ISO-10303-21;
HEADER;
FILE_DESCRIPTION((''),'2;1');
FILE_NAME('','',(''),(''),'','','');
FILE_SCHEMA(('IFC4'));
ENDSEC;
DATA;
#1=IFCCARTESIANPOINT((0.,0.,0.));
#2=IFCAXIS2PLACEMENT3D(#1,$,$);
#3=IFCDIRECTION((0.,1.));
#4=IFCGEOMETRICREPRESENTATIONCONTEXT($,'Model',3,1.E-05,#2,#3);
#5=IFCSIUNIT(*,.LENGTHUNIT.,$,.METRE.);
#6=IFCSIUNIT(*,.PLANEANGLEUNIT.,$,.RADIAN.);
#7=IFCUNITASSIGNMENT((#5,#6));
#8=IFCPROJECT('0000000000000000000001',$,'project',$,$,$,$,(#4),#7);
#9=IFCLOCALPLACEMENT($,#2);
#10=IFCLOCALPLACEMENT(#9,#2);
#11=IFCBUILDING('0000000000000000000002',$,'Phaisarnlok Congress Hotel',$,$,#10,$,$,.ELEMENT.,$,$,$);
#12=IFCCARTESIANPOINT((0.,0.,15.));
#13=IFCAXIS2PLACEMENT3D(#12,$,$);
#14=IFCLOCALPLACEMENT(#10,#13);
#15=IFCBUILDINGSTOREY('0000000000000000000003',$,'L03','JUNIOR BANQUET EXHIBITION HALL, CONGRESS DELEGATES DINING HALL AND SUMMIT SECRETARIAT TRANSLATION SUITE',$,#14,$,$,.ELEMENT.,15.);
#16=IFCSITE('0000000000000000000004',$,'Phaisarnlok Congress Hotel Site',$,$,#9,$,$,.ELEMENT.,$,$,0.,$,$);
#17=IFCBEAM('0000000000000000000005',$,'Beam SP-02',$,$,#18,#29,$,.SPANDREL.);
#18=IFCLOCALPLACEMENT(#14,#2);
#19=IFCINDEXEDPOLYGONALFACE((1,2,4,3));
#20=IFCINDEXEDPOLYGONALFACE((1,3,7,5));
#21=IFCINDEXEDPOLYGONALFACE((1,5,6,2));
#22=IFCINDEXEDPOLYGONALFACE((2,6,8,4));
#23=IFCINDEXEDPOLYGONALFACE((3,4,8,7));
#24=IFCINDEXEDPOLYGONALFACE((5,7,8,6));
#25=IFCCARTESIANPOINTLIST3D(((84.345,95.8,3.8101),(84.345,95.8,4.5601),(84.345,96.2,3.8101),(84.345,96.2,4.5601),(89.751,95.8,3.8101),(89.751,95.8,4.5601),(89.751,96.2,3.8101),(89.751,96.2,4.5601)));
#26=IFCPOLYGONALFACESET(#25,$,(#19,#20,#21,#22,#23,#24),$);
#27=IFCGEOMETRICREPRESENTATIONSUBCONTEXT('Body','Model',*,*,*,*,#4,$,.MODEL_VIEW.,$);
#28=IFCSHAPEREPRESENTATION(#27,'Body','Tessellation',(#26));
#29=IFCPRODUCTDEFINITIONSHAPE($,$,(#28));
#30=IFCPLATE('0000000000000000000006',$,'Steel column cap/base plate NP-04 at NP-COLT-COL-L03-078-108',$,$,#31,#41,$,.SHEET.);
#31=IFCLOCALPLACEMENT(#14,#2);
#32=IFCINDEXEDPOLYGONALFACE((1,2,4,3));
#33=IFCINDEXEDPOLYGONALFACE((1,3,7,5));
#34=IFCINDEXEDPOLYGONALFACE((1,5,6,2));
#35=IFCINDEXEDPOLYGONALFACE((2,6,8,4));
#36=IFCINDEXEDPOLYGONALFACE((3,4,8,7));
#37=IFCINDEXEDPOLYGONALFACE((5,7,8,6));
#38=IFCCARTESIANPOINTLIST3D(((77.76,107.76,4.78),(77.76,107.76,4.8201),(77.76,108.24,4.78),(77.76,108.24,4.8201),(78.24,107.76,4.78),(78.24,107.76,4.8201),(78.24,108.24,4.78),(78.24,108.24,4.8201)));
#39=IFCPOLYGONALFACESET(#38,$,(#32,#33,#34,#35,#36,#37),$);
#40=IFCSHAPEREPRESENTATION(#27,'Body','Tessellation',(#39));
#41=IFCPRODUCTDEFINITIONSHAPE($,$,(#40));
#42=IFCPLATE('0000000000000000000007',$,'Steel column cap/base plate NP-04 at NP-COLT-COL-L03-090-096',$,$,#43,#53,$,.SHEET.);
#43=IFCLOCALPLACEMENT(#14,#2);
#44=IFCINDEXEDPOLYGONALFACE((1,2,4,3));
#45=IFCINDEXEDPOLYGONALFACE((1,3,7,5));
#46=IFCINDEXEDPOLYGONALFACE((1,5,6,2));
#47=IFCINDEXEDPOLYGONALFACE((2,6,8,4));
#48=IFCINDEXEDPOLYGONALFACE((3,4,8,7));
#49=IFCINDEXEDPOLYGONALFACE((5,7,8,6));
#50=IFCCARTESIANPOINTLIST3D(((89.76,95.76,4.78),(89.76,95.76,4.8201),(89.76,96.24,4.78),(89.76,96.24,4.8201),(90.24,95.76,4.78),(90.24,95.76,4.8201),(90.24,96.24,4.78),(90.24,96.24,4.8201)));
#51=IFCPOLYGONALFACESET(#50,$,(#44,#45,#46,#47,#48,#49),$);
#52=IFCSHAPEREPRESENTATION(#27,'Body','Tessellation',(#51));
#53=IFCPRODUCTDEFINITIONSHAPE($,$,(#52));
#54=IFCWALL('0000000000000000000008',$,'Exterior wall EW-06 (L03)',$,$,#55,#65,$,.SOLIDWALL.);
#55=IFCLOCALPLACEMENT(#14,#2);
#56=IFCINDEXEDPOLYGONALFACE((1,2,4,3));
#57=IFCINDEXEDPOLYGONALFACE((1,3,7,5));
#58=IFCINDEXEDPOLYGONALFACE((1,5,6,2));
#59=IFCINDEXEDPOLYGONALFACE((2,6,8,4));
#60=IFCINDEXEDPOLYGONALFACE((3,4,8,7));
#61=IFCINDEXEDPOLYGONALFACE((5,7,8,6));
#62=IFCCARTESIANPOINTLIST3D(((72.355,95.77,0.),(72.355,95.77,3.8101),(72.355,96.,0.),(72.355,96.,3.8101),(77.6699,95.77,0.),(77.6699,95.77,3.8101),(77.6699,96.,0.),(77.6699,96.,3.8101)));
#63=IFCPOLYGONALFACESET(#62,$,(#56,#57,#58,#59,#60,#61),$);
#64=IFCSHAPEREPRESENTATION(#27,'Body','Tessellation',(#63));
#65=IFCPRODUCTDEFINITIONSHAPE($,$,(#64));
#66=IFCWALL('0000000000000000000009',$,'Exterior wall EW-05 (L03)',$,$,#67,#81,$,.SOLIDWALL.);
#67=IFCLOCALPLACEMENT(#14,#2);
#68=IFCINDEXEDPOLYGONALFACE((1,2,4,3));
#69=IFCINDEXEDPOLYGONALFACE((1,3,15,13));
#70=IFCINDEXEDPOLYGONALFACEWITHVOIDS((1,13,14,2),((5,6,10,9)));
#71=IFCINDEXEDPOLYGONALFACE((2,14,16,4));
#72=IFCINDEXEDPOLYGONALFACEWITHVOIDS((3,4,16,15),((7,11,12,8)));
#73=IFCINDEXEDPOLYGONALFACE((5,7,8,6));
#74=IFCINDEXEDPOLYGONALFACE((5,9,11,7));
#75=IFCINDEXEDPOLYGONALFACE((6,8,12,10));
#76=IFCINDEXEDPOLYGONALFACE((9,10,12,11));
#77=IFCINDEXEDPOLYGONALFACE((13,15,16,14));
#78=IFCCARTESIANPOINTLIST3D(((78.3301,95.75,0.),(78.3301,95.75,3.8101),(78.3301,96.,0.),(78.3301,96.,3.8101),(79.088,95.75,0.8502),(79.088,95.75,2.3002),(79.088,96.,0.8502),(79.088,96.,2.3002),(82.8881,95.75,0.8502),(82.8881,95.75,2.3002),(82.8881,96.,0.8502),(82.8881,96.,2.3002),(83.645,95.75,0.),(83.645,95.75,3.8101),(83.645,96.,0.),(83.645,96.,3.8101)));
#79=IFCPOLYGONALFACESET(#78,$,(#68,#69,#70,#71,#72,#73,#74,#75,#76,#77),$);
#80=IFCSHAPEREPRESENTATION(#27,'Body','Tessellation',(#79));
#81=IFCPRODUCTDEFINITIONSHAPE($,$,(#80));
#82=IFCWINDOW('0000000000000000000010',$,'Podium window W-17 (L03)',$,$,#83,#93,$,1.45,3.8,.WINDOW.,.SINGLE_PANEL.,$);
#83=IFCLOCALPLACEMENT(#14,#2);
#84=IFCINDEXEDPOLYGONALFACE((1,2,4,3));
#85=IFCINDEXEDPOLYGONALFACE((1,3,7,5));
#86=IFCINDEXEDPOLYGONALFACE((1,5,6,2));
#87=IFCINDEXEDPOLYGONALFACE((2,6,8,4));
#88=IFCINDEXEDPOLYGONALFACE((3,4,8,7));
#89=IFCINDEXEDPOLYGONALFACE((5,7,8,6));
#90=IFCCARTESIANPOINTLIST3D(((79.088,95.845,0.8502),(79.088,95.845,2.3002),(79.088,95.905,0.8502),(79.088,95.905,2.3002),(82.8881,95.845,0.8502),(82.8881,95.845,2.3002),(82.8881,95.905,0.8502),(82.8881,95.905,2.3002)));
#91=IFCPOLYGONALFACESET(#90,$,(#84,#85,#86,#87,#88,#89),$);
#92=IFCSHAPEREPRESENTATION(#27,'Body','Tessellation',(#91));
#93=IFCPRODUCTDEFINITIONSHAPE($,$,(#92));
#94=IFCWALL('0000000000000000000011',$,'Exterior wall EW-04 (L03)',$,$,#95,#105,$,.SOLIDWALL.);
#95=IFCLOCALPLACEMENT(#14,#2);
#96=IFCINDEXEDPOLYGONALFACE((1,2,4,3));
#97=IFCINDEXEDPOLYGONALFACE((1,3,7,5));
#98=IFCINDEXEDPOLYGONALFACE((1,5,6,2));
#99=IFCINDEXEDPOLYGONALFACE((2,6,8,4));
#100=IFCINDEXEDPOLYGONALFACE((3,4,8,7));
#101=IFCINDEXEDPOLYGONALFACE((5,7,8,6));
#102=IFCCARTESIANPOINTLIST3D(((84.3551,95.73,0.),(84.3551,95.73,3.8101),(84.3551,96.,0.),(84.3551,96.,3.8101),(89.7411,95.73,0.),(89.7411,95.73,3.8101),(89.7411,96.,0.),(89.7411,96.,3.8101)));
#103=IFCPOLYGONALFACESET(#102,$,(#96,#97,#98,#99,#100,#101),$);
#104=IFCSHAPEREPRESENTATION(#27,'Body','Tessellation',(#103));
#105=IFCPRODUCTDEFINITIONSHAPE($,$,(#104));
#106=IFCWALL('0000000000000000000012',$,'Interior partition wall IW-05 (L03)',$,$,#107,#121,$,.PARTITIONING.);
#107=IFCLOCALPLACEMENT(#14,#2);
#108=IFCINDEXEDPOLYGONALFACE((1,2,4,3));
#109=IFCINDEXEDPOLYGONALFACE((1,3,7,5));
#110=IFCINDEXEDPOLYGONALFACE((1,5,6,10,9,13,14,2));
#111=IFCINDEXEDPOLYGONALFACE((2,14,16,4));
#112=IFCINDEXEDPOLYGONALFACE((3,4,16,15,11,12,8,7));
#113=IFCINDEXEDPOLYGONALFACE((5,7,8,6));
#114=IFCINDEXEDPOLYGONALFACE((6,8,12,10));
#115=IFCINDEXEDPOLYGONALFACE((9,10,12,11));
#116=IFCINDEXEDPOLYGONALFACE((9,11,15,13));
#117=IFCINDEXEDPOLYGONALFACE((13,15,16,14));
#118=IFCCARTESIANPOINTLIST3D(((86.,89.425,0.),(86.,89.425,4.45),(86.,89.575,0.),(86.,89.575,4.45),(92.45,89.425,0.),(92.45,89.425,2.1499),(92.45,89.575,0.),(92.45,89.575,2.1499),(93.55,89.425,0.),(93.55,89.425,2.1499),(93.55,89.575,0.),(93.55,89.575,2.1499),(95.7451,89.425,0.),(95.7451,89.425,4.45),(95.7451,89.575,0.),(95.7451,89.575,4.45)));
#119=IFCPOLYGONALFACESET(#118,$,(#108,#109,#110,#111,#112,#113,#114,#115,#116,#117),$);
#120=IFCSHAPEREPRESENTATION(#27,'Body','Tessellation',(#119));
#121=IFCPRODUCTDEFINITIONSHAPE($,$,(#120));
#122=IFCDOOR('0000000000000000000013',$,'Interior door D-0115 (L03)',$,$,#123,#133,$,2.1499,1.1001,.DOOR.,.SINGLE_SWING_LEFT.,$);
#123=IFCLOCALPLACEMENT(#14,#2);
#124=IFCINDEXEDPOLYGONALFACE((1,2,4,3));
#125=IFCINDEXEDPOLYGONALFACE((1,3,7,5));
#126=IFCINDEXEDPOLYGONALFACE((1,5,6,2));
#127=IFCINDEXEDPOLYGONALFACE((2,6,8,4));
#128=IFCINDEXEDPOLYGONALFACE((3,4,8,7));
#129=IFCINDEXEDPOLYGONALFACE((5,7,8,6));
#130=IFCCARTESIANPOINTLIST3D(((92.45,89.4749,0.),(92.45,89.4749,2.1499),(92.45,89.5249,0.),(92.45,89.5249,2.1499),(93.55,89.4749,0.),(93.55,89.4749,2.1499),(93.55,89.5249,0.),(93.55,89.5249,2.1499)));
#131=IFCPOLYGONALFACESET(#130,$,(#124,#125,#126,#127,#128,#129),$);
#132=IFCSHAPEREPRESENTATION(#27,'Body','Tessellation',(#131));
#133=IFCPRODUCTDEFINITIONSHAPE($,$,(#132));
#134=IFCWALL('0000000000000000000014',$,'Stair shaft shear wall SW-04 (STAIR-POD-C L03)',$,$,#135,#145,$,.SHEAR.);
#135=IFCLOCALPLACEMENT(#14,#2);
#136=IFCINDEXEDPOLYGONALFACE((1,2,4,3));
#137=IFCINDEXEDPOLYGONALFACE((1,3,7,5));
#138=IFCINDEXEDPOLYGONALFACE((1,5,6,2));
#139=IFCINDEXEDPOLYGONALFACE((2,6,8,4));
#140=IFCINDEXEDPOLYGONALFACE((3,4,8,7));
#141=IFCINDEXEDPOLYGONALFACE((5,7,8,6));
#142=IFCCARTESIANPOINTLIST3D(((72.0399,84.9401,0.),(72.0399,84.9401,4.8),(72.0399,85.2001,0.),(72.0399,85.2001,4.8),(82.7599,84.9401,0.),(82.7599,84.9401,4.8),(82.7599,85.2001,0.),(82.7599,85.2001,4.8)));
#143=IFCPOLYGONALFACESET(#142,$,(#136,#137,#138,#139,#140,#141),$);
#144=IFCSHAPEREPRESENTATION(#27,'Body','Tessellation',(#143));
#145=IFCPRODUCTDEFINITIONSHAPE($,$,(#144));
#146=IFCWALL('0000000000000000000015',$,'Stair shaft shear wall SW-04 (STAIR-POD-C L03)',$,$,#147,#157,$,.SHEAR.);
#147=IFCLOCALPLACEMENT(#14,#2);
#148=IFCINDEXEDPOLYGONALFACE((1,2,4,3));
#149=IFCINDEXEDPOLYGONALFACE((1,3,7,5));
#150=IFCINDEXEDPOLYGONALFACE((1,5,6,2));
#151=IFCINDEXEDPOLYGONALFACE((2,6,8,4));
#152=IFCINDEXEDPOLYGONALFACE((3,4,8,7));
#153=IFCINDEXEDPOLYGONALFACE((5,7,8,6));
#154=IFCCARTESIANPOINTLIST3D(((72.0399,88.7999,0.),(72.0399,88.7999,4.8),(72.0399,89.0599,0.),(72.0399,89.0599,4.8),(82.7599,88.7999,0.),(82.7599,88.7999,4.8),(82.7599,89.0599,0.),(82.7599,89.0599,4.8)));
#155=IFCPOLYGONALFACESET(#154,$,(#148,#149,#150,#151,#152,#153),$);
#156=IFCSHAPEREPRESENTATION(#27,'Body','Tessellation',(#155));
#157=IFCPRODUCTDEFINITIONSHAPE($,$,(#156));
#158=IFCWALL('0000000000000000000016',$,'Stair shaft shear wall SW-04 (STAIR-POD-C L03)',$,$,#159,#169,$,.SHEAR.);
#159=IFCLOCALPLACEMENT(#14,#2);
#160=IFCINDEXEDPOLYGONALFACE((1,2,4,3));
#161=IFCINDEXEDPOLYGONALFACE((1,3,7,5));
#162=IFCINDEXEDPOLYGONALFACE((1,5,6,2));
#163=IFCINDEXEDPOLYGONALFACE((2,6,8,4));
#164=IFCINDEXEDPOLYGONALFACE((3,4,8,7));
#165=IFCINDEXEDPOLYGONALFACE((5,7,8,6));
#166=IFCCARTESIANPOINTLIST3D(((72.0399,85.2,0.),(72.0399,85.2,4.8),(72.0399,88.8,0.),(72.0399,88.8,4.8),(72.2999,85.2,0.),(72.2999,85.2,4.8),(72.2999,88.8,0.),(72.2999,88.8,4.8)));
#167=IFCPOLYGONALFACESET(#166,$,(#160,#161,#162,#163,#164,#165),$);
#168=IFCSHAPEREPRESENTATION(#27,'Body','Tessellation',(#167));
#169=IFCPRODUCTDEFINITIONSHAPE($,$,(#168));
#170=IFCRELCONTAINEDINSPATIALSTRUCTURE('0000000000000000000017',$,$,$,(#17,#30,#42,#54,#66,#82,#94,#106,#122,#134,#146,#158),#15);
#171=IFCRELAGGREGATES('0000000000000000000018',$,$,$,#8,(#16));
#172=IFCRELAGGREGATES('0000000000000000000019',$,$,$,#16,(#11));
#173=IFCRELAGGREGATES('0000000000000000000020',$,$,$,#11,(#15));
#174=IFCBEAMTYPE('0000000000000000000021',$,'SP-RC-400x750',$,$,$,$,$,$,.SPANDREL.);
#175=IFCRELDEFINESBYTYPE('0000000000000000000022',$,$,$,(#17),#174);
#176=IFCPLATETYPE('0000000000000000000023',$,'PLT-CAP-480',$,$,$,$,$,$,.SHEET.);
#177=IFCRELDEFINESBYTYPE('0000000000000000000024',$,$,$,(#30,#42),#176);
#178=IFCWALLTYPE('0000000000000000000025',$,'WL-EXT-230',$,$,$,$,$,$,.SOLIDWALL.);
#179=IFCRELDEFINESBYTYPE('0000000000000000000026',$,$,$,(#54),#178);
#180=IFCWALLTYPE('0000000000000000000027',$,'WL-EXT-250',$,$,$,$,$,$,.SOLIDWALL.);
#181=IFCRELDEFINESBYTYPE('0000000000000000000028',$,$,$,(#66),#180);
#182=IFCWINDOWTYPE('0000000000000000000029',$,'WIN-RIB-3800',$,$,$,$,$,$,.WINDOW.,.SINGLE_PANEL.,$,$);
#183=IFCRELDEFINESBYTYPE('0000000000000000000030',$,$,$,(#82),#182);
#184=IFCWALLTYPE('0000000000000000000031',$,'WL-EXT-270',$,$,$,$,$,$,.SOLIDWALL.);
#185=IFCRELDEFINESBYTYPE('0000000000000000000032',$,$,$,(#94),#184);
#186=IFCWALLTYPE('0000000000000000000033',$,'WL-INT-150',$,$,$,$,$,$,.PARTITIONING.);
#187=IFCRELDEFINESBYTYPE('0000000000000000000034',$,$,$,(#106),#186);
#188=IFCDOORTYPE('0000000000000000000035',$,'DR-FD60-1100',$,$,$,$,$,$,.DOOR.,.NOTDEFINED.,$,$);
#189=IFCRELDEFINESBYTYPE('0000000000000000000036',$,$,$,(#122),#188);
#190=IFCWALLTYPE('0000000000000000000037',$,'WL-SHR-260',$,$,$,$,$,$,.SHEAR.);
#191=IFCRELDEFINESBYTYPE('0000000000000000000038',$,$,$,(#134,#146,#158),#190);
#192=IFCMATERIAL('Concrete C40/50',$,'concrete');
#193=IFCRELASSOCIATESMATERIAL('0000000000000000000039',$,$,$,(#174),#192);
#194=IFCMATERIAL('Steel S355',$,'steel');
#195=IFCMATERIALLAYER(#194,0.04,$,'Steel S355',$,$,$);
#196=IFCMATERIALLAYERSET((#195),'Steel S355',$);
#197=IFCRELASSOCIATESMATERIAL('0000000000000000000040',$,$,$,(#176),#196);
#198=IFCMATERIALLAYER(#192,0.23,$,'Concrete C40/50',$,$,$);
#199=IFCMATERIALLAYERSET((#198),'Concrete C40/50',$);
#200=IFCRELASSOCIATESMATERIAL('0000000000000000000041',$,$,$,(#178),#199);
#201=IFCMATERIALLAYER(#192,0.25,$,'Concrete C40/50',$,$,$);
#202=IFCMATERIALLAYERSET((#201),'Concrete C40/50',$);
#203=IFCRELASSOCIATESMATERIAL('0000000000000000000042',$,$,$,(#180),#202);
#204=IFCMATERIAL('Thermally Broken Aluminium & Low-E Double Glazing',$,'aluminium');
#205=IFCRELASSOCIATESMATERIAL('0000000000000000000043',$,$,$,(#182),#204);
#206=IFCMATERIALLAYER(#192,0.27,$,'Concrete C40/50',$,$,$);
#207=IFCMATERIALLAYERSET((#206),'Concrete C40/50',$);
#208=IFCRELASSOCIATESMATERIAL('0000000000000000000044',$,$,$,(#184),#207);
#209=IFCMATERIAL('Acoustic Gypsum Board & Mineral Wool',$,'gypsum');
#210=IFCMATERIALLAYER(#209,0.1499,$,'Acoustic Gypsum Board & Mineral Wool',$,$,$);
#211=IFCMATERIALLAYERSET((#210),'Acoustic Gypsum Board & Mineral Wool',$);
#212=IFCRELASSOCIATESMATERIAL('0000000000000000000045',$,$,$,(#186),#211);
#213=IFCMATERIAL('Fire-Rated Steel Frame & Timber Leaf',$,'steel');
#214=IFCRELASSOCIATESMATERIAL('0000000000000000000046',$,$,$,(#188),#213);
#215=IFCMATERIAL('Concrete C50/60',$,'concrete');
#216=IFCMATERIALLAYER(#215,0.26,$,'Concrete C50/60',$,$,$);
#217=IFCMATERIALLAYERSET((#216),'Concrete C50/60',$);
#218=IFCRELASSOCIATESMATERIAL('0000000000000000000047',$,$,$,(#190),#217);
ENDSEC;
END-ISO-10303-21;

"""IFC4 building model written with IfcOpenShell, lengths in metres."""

from ifc_helpers import new_model, si_unit, direction, frame, frame_2d, origin, origin_2d, place, context, subcontext, project, spatial, rectangle, extrude, material, layer, layer_set, material_profile, profile_set, type_object, element, fill, save


model = new_model("IFC4")

# Units and contexts
model_context = context("Model", 3, precision=1e-05, world=origin(), true_north=direction((0.0, 1.0)))
body_context = subcontext(model_context, "Body", "Model", "MODEL_VIEW")
ifc_project = project(units=[si_unit("LENGTHUNIT", "METRE"), si_unit("PLANEANGLEUNIT", "RADIAN")], contexts=[model_context])

# Site, building, storey
site_placement = place(None, origin())
site = spatial("IfcSite", under=ifc_project, at=site_placement, Name="Phaisarnlok Congress Hotel Site", CompositionType="ELEMENT", RefElevation=0.0)
building_placement = place(site_placement, origin())
building = spatial("IfcBuilding", under=site, at=building_placement, Name="Phaisarnlok Congress Hotel", CompositionType="ELEMENT")
storey_placement = place(building_placement, frame((0.0, 0.0, 15.0)))
storey = spatial("IfcBuildingStorey", under=building, at=storey_placement, Name="L03", Description="JUNIOR BANQUET EXHIBITION HALL, CONGRESS DELEGATES DINING HALL AND SUMMIT SECRETARIAT TRANSLATION SUITE", CompositionType="ELEMENT", Elevation=15.0)

# Shared definitions
ifc_material_1 = material(Name="Concrete C50/60", Category="concrete")
ifc_material_2 = material(Name="Steel S355", Category="steel")

# Beam
ifc_material_3 = material(Name="Concrete C40/50", Category="concrete")
ifc_material_profile_1 = material_profile(ifc_material_3, rectangle(XDim=0.3999, YDim=0.75, at=origin_2d()), Name="RC 400x750")
ifc_profile_set_1 = profile_set([ifc_material_profile_1], Name="Concrete C40/50")
beam_type_1 = type_object("IfcBeamType", Name="SP-RC-400x750", PredefinedType="SPANDREL", material=ifc_profile_set_1)
beam_1_placement = place(storey_placement, frame((84.345, 96.0, 4.1851), z_axis=(1.0, 0.0, 0.0), x_axis=(0.0, 1.0, 0.0)))
element("IfcBeam", 1, at=beam_1_placement, inside=storey, type_object=beam_type_1, Name="Beam SP-02", PredefinedType="SPANDREL", context=body_context, shape_type="SweptSolid", body=[
    extrude(rectangle(XDim=0.3999, YDim=0.75, at=origin_2d()), origin(), (0.0, 0.0, 1.0), 5.406),
])

# Plates
ifc_layer_1 = layer(ifc_material_2, 0.04, Name="Steel S355")
ifc_layer_set_1 = layer_set([ifc_layer_1], Name="Steel S355")
plate_type = type_object("IfcPlateType", Name="PLT-CAP-480", PredefinedType="SHEET", material=ifc_layer_set_1)
for number, where, z_axis, x_axis, name in (
    (2, (78.0, 108.0, 4.78), (0.0, 0.0, 1.0), (1.0, 0.0, 0.0), "Steel column cap/base plate NP-04 at NP-COLT-COL-L03-078-108"),
    (3, (90.0, 96.0, 4.78), (0.0, 0.0, 1.0), (1.0, 0.0, 0.0), "Steel column cap/base plate NP-04 at NP-COLT-COL-L03-090-096"),
):
    element("IfcPlate", number, at=place(storey_placement, frame(where, z_axis=z_axis, x_axis=x_axis)), inside=storey, type_object=plate_type, Name=name, PredefinedType="SHEET", context=body_context, shape_type="SweptSolid", body=[
        extrude(rectangle(XDim=0.48, YDim=0.48, at=origin_2d()), origin(), (0.0, 0.0, 1.0), 0.04),
    ])

# Wall
ifc_layer_2 = layer(ifc_material_3, 0.23, Name="Concrete C40/50")
ifc_layer_set_2 = layer_set([ifc_layer_2], Name="Concrete C40/50")
wall_type_1 = type_object("IfcWallType", Name="WL-EXT-230", PredefinedType="SOLIDWALL", material=ifc_layer_set_2)
wall_1_placement = place(storey_placement, frame((77.6699, 95.885, 0.0), z_axis=(0.0, 0.0, 1.0), x_axis=(-1.0, 0.0, 0.0)))
element("IfcWall", 4, at=wall_1_placement, inside=storey, type_object=wall_type_1, Name="Exterior wall EW-06 (L03)", PredefinedType="SOLIDWALL", context=body_context, shape_type="SweptSolid", body=[
    extrude(rectangle(XDim=5.3149, YDim=0.23, at=frame_2d((2.6575, 0.0))), origin(), (0.0, 0.0, 1.0), 3.8101),
])

# Wall, opening, window
ifc_layer_3 = layer(ifc_material_3, 0.25, Name="Concrete C40/50")
ifc_layer_set_3 = layer_set([ifc_layer_3], Name="Concrete C40/50")
wall_type_2 = type_object("IfcWallType", Name="WL-EXT-250", PredefinedType="SOLIDWALL", material=ifc_layer_set_3)
wall_2_placement = place(storey_placement, frame((83.645, 95.875, 0.0), z_axis=(0.0, 0.0, 1.0), x_axis=(-1.0, 0.0, 0.0)))
wall_2 = element("IfcWall", 5, at=wall_2_placement, inside=storey, type_object=wall_type_2, Name="Exterior wall EW-05 (L03)", PredefinedType="SOLIDWALL", context=body_context, shape_type="SweptSolid", body=[
    extrude(rectangle(XDim=5.3149, YDim=0.25, at=frame_2d((2.6575, 0.0))), origin(), (0.0, 0.0, 1.0), 3.8101),
])
opening_1_placement = place(wall_2_placement, frame((0.7571, 0.0, 0.8501)))
opening_1 = element("IfcOpeningElement", 6, at=opening_1_placement, cuts=wall_2, PredefinedType="OPENING", context=body_context, shape_type="SweptSolid", body=[
    extrude(rectangle(XDim=3.8, YDim=1.45, at=frame_2d((1.8999, 0.7251))), frame((0.0, 0.135, 0.0), z_axis=(0.0, -1.0, 0.0), x_axis=(1.0, 0.0, 0.0)), (0.0, 0.0, 1.0), 0.27),
])
ifc_material_4 = material(Name="Thermally Broken Aluminium & Low-E Double Glazing", Category="aluminium")
window_type = type_object("IfcWindowType", Name="WIN-RIB-3800", PartitioningType="SINGLE_PANEL", PredefinedType="WINDOW", material=ifc_material_4)
window_placement = place(opening_1_placement, origin())
window = element("IfcWindow", 7, at=window_placement, inside=storey, type_object=window_type, Name="Podium window W-17 (L03)", OverallHeight=1.45, OverallWidth=3.8, PartitioningType="SINGLE_PANEL", PredefinedType="WINDOW", context=body_context, shape_type="SweptSolid", body=[
    extrude(rectangle(XDim=3.8, YDim=1.45, at=frame_2d((1.8999, 0.7251))), frame((0.0, 0.03, 0.0), z_axis=(0.0, -1.0, 0.0), x_axis=(1.0, 0.0, 0.0)), (0.0, 0.0, 1.0), 0.0601),
])
fill(opening_1, window)

# Wall
ifc_layer_4 = layer(ifc_material_3, 0.27, Name="Concrete C40/50")
ifc_layer_set_4 = layer_set([ifc_layer_4], Name="Concrete C40/50")
wall_type_3 = type_object("IfcWallType", Name="WL-EXT-270", PredefinedType="SOLIDWALL", material=ifc_layer_set_4)
wall_3_placement = place(storey_placement, frame((89.741, 95.865, 0.0), z_axis=(0.0, 0.0, 1.0), x_axis=(-1.0, 0.0, 0.0)))
element("IfcWall", 8, at=wall_3_placement, inside=storey, type_object=wall_type_3, Name="Exterior wall EW-04 (L03)", PredefinedType="SOLIDWALL", context=body_context, shape_type="SweptSolid", body=[
    extrude(rectangle(XDim=5.386, YDim=0.27, at=frame_2d((2.6929, 0.0))), origin(), (0.0, 0.0, 1.0), 3.8101),
])

# Wall, opening, door
ifc_material_5 = material(Name="Acoustic Gypsum Board & Mineral Wool", Category="gypsum")
ifc_layer_5 = layer(ifc_material_5, 0.1499, Name="Acoustic Gypsum Board & Mineral Wool")
ifc_layer_set_5 = layer_set([ifc_layer_5], Name="Acoustic Gypsum Board & Mineral Wool")
wall_type_4 = type_object("IfcWallType", Name="WL-INT-150", PredefinedType="PARTITIONING", material=ifc_layer_set_5)
wall_4_placement = place(storey_placement, frame((86.0, 89.5, 0.0), z_axis=(0.0, 0.0, 1.0), x_axis=(1.0, 0.0, 0.0)))
wall_4 = element("IfcWall", 9, at=wall_4_placement, inside=storey, type_object=wall_type_4, Name="Interior partition wall IW-05 (L03)", PredefinedType="PARTITIONING", context=body_context, shape_type="SweptSolid", body=[
    extrude(rectangle(XDim=9.7451, YDim=0.1499, at=frame_2d((4.8726, 0.0))), origin(), (0.0, 0.0, 1.0), 4.45),
])
opening_2_placement = place(wall_4_placement, frame((6.45, 0.0, 0.0)))
opening_2 = element("IfcOpeningElement", 10, at=opening_2_placement, cuts=wall_4, PredefinedType="OPENING", context=body_context, shape_type="SweptSolid", body=[
    extrude(rectangle(XDim=1.1001, YDim=2.1499, at=frame_2d((0.55, 1.075))), frame((0.0, 0.085, 0.0), z_axis=(0.0, -1.0, 0.0), x_axis=(1.0, 0.0, 0.0)), (0.0, 0.0, 1.0), 0.1699),
])
ifc_material_6 = material(Name="Fire-Rated Steel Frame & Timber Leaf", Category="steel")
door_type = type_object("IfcDoorType", Name="DR-FD60-1100", OperationType="NOTDEFINED", PredefinedType="DOOR", material=ifc_material_6)
door_1_placement = place(opening_2_placement, origin())
door_1 = element("IfcDoor", 11, at=door_1_placement, inside=storey, type_object=door_type, Name="Interior door D-0115 (L03)", OperationType="SINGLE_SWING_LEFT", OverallHeight=2.1499, OverallWidth=1.1001, PredefinedType="DOOR", context=body_context, shape_type="SweptSolid", body=[
    extrude(rectangle(XDim=1.1001, YDim=2.1499, at=frame_2d((0.55, 1.075))), frame((0.0, 0.0249, 0.0), z_axis=(0.0, -1.0, 0.0), x_axis=(1.0, 0.0, 0.0)), (0.0, 0.0, 1.0), 0.05),
])
fill(opening_2, door_1)

# Walls
ifc_layer_6 = layer(ifc_material_1, 0.26, Name="Concrete C50/60")
ifc_layer_set_6 = layer_set([ifc_layer_6], Name="Concrete C50/60")
wall_type_5 = type_object("IfcWallType", Name="WL-SHR-260", PredefinedType="SHEAR", material=ifc_layer_set_6)
for number, where, z_axis, x_axis, name in (
    (12, (72.04, 85.0701, 0.0), (0.0, 0.0, 1.0), (1.0, 0.0, 0.0), "Stair shaft shear wall SW-04 (STAIR-POD-C L03)"),
    (13, (72.04, 88.9299, 0.0), (0.0, 0.0, 1.0), (1.0, 0.0, 0.0), "Stair shaft shear wall SW-04 (STAIR-POD-C L03)"),
):
    element("IfcWall", number, at=place(storey_placement, frame(where, z_axis=z_axis, x_axis=x_axis)), inside=storey, type_object=wall_type_5, Name=name, PredefinedType="SHEAR", context=body_context, shape_type="SweptSolid", body=[
        extrude(rectangle(XDim=10.72, YDim=0.26, at=frame_2d((5.3599, 0.0))), origin(), (0.0, 0.0, 1.0), 4.8),
    ])
wall_5_placement = place(storey_placement, frame((72.1699, 85.2, 0.0), z_axis=(0.0, 0.0, 1.0), x_axis=(0.0, 1.0, 0.0)))
element("IfcWall", 14, at=wall_5_placement, inside=storey, type_object=wall_type_5, Name="Stair shaft shear wall SW-04 (STAIR-POD-C L03)", PredefinedType="SHEAR", context=body_context, shape_type="SweptSolid", body=[
    extrude(rectangle(XDim=3.6001, YDim=0.26, at=frame_2d((1.8, 0.0))), origin(), (0.0, 0.0, 1.0), 4.8),
])

save(model, "model.ifc")
